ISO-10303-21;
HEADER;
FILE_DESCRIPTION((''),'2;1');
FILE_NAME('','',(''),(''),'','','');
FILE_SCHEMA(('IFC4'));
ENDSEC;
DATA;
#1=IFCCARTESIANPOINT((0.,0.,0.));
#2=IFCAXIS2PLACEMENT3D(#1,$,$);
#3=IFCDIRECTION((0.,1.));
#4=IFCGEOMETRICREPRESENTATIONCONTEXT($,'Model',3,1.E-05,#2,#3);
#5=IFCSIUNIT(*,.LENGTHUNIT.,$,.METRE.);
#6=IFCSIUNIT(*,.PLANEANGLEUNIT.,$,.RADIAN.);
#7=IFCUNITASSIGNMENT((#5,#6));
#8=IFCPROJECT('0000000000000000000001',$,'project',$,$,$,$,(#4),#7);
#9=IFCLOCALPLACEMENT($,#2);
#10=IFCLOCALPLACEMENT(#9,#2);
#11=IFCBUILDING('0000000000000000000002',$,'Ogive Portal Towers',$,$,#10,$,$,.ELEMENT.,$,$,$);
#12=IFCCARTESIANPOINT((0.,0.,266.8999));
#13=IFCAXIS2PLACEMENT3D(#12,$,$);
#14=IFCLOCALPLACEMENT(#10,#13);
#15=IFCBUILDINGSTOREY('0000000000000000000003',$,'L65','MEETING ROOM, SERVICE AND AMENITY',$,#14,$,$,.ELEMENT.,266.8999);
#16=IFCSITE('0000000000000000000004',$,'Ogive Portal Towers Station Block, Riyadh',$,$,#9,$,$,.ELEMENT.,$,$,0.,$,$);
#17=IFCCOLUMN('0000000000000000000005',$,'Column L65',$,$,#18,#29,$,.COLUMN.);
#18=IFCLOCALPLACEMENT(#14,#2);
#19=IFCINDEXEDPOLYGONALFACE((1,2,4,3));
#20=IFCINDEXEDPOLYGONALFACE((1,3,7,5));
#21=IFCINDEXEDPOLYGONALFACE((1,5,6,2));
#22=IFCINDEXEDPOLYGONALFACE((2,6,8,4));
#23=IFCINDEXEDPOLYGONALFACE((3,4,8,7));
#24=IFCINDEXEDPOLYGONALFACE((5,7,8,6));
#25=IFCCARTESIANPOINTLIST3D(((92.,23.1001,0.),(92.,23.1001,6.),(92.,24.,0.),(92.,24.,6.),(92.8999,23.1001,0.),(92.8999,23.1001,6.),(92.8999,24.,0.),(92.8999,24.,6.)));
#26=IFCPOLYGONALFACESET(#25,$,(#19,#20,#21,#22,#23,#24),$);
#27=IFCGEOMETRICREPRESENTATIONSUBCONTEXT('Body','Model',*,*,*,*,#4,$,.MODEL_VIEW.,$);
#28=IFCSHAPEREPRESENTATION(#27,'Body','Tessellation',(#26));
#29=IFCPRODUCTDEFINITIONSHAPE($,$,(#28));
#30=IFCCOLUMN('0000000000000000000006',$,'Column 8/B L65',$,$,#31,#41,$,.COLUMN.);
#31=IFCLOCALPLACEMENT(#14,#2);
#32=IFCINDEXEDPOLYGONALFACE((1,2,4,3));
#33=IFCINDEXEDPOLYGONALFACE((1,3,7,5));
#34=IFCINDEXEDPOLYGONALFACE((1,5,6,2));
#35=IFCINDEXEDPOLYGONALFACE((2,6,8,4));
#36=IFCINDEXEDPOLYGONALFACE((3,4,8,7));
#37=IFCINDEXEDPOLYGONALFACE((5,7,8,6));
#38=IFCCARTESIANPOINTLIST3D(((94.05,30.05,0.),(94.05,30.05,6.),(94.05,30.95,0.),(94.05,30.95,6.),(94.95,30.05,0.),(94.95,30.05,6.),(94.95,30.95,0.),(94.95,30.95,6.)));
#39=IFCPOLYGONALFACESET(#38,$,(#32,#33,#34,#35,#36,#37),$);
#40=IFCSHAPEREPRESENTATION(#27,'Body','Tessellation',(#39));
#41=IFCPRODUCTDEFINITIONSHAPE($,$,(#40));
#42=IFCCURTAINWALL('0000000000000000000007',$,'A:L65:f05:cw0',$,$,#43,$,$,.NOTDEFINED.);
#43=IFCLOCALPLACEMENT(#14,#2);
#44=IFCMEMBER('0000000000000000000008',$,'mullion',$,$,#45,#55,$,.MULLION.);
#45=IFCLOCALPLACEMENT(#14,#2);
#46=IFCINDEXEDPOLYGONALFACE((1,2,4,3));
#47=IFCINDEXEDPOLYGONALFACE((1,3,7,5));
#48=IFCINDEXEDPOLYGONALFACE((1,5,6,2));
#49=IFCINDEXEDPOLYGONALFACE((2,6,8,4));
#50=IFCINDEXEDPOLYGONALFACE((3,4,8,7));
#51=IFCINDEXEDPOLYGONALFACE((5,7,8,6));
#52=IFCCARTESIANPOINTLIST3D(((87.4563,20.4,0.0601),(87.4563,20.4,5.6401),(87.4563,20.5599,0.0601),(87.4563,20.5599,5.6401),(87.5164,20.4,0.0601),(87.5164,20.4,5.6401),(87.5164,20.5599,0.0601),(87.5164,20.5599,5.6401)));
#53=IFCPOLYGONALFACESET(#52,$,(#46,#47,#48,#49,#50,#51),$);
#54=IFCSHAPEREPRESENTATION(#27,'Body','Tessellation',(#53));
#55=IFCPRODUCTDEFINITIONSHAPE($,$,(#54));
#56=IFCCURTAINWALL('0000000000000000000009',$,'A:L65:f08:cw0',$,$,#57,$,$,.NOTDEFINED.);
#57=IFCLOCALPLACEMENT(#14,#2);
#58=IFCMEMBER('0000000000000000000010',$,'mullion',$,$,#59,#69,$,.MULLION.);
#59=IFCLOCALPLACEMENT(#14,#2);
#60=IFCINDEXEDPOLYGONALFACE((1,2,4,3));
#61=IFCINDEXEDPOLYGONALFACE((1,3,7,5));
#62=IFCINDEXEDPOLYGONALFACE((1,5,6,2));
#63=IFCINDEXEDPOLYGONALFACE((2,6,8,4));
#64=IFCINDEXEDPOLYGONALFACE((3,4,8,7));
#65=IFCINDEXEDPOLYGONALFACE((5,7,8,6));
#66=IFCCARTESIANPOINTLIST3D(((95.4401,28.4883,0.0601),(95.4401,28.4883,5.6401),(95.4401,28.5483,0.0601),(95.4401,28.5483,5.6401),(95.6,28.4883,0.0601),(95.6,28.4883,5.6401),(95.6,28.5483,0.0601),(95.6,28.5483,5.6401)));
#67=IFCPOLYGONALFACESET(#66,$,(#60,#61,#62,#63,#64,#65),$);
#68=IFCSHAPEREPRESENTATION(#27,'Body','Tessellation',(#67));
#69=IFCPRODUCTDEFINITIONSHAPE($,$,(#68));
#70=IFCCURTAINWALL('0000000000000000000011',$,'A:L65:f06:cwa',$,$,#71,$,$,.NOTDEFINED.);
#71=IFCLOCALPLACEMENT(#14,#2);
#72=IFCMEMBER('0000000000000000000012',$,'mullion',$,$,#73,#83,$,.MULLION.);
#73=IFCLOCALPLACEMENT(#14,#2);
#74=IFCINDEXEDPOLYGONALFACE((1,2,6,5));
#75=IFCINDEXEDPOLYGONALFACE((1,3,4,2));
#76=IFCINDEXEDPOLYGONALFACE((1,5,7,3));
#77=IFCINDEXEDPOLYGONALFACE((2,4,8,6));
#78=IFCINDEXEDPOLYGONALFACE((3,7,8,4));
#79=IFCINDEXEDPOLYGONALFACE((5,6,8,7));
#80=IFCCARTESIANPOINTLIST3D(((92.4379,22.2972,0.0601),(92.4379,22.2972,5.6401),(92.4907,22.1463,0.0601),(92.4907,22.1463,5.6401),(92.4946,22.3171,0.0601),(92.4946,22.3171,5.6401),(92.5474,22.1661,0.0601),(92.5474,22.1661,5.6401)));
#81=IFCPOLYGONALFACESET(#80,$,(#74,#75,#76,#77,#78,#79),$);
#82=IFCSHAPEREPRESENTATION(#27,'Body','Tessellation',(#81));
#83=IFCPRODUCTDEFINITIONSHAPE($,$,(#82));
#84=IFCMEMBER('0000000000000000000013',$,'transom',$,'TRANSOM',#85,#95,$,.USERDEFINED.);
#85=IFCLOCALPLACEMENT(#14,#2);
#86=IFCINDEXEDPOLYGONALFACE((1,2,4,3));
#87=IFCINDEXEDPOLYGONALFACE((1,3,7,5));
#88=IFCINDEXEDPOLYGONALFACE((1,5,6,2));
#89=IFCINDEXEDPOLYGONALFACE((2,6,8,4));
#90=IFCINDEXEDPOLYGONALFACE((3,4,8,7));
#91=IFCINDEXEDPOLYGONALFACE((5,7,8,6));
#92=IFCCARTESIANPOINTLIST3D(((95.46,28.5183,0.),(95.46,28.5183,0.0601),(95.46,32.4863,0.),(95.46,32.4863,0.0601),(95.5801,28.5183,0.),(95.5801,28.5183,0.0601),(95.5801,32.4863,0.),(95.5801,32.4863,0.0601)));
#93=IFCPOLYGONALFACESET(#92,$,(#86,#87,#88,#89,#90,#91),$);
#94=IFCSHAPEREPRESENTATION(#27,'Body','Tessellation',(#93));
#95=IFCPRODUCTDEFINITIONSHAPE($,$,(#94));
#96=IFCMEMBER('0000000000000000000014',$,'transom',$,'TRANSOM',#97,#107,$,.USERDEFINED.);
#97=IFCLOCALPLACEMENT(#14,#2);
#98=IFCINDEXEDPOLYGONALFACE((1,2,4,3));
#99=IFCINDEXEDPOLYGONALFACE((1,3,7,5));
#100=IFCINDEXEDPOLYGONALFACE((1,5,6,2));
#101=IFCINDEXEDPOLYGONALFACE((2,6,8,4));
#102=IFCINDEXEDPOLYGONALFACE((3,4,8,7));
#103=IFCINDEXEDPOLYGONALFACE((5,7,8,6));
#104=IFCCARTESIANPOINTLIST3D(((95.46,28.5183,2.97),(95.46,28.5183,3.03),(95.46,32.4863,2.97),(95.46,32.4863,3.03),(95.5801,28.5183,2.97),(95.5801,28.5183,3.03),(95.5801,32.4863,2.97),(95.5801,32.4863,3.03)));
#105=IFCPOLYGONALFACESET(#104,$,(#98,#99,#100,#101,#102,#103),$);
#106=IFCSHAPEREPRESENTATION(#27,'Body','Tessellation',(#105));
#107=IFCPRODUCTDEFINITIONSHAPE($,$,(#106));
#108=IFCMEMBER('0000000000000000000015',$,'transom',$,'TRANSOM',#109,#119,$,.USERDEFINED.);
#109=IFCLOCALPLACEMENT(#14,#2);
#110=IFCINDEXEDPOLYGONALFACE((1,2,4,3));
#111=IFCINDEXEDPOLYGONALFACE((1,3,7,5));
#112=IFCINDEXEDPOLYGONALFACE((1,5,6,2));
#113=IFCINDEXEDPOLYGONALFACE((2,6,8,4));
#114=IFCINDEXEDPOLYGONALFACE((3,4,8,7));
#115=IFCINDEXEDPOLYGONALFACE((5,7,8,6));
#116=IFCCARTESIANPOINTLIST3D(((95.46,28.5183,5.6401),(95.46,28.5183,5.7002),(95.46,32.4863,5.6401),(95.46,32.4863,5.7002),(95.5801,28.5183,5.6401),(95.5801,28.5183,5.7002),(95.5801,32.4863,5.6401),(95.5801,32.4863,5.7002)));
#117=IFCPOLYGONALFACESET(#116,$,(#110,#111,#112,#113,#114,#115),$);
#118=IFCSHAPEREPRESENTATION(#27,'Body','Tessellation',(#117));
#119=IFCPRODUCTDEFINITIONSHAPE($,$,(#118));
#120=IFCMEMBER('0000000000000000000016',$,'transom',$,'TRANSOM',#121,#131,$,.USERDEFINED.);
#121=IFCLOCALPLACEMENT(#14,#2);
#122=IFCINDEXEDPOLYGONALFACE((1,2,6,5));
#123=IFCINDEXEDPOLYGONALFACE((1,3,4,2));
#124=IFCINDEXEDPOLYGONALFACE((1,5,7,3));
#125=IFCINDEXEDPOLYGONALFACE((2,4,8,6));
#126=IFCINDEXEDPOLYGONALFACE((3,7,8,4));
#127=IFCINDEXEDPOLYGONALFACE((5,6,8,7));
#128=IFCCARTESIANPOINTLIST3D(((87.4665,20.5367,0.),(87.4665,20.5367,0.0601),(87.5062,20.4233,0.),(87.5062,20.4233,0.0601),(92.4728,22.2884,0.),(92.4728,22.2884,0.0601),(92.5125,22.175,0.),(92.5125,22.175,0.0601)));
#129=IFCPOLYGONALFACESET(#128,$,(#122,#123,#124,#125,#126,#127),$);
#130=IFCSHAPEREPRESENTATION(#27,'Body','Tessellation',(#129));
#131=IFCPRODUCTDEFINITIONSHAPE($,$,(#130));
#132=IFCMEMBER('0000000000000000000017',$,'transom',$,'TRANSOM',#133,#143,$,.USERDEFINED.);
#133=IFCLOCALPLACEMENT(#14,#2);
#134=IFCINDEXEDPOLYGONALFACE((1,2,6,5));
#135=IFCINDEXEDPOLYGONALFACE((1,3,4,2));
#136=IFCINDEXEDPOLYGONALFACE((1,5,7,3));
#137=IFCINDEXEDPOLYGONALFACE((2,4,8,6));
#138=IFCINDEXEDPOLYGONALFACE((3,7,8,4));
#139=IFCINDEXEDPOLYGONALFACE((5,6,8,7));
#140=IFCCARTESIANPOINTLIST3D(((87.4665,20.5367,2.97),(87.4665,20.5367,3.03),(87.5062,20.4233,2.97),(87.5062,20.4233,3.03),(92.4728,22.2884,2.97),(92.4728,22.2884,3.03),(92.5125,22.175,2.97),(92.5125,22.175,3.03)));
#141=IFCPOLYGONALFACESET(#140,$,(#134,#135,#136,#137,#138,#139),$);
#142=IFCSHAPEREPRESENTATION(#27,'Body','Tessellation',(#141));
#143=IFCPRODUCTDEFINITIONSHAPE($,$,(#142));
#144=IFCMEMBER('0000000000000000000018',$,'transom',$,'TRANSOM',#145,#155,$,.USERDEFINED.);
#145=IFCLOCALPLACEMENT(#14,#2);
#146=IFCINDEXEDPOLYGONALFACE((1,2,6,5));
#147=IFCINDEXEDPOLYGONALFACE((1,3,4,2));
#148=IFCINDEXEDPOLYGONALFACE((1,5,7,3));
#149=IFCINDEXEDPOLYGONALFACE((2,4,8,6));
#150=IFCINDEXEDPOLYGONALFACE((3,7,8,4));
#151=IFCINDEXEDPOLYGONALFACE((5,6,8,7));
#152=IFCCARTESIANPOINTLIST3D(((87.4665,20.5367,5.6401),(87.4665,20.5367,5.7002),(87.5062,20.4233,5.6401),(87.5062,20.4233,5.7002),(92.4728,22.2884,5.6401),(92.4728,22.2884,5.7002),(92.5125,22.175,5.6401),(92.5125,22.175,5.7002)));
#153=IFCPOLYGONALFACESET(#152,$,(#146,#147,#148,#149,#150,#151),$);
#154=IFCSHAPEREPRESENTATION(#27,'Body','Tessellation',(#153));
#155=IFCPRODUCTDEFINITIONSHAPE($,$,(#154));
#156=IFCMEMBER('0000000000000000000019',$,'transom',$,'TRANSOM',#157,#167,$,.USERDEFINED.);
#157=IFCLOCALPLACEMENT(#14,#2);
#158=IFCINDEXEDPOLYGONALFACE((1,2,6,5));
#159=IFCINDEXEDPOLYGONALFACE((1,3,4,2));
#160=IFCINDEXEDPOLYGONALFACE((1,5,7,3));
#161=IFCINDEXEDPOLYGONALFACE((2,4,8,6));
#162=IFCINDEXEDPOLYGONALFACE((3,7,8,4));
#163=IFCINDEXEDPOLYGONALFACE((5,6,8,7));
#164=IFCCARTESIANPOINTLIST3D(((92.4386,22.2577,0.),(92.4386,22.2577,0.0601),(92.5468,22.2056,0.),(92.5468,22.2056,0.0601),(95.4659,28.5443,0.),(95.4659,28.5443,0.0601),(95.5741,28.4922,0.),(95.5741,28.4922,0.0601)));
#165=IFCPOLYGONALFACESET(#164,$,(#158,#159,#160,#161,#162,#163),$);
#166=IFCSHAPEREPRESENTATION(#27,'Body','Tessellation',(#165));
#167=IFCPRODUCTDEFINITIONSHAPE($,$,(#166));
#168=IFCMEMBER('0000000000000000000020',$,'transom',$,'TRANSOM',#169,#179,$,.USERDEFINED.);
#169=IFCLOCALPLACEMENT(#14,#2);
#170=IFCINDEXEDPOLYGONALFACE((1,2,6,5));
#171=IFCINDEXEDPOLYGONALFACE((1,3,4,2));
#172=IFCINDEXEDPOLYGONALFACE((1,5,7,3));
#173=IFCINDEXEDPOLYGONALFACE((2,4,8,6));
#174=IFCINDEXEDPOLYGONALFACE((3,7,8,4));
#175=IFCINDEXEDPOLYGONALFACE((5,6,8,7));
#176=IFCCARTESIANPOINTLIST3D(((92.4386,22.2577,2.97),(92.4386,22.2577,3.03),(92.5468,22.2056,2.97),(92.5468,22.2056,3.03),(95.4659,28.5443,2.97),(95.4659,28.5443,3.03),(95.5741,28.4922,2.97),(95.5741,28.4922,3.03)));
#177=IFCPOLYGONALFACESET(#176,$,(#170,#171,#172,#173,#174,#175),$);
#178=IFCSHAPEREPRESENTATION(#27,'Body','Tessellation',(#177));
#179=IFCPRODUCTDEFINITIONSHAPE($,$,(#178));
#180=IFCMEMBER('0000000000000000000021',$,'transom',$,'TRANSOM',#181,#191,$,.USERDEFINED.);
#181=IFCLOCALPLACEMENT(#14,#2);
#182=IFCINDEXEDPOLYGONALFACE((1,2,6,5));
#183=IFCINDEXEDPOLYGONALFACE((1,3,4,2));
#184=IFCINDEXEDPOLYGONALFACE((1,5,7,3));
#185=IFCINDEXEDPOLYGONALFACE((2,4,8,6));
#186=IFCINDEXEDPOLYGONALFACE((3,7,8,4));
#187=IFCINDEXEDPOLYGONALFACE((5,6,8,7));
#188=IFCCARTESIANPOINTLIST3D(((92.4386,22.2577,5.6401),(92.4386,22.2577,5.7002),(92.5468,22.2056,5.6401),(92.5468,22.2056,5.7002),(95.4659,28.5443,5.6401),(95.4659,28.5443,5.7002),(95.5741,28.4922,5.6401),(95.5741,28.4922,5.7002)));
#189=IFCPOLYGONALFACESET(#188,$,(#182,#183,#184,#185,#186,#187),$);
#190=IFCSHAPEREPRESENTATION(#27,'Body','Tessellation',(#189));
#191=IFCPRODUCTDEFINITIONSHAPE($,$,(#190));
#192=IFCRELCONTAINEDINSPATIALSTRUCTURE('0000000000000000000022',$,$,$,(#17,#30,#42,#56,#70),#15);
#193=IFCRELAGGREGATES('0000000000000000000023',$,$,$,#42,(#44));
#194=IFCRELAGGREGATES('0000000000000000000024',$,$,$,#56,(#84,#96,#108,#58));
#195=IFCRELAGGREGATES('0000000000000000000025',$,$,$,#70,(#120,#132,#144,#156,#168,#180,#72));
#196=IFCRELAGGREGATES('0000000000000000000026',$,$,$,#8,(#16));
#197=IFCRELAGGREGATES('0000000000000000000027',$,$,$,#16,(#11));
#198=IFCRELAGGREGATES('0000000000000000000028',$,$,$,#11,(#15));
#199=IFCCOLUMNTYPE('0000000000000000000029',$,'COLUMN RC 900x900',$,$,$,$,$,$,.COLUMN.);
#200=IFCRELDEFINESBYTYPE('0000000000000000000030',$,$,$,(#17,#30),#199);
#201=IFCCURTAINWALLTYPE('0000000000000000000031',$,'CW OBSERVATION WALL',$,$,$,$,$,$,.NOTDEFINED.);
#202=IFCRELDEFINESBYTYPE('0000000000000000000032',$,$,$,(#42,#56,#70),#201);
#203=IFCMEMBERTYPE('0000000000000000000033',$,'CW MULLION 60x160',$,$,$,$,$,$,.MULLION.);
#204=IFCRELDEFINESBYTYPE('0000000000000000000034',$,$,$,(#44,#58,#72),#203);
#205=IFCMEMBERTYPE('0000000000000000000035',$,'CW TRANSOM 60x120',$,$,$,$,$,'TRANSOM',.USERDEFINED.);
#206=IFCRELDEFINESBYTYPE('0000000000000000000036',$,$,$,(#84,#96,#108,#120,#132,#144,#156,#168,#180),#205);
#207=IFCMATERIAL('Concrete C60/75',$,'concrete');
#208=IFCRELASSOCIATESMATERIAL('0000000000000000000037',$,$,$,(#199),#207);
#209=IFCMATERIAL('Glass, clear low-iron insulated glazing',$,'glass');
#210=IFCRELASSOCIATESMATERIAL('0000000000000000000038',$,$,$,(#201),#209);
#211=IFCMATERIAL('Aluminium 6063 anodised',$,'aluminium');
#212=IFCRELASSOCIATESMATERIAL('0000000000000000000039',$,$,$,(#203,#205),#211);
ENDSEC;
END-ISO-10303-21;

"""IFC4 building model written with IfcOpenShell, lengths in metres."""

from ifc_helpers import new_model, si_unit, direction, frame, origin, origin_2d, place, context, subcontext, project, spatial, rectangle, extrude, material, material_profile, profile_set, type_object, element, aggregate, save


model = new_model("IFC4")

# Units and contexts
model_context = context("Model", 3, precision=1e-05, world=origin(), true_north=direction((0.0, 1.0)))
body_context = subcontext(model_context, "Body", "Model", "MODEL_VIEW")
ifc_project = project(units=[si_unit("LENGTHUNIT", "METRE"), si_unit("PLANEANGLEUNIT", "RADIAN")], contexts=[model_context])

# Site, building, storey
site_placement = place(None, origin())
site = spatial("IfcSite", under=ifc_project, at=site_placement, Name="Ogive Portal Towers Station Block, Riyadh", CompositionType="ELEMENT", RefElevation=0.0)
building_placement = place(site_placement, origin())
building = spatial("IfcBuilding", under=site, at=building_placement, Name="Ogive Portal Towers", CompositionType="ELEMENT")
storey_placement = place(building_placement, frame((0.0, 0.0, 266.8999)))
storey = spatial("IfcBuildingStorey", under=building, at=storey_placement, Name="L65", Description="MEETING ROOM, SERVICE AND AMENITY", CompositionType="ELEMENT", Elevation=266.8999)

# Columns
ifc_material_1 = material(Name="Concrete C60/75", Category="concrete")
ifc_material_profile_1 = material_profile(ifc_material_1, rectangle(XDim=0.8999, YDim=0.8999, at=origin_2d()), Name="RC 900x900")
ifc_profile_set_1 = profile_set([ifc_material_profile_1], Name="Concrete C60/75")
column_type = type_object("IfcColumnType", Name="COLUMN RC 900x900", PredefinedType="COLUMN", material=ifc_profile_set_1)
for number, where, z_axis, x_axis, name in (
    (1, (92.45, 23.55, 0.0), (0.0, 0.0, 1.0), (1.0, 0.0, 0.0), "Column L65"),
    (2, (94.5, 30.5, 0.0), (0.0, 0.0, 1.0), (1.0, 0.0, 0.0), "Column 8/B L65"),
):
    element("IfcColumn", number, at=place(storey_placement, frame(where, z_axis=z_axis, x_axis=x_axis)), inside=storey, type_object=column_type, Name=name, PredefinedType="COLUMN", context=body_context, shape_type="SweptSolid", body=[
        extrude(rectangle(XDim=0.8999, YDim=0.8999, at=origin_2d()), origin(), (0.0, 0.0, 1.0), 6.0),
    ])

# Curtain walls, members
ifc_material_2 = material(Name="Glass, clear low-iron insulated glazing", Category="glass")
curtain_wall_type = type_object("IfcCurtainWallType", Name="CW OBSERVATION WALL", PredefinedType="NOTDEFINED", material=ifc_material_2)
curtain_wall_1_placement = place(storey_placement, origin())
curtain_wall_1 = element("IfcCurtainWall", 3, at=curtain_wall_1_placement, inside=storey, type_object=curtain_wall_type, Name="A:L65:f05:cw0", PredefinedType="NOTDEFINED")
ifc_material_3 = material(Name="Aluminium 6063 anodised", Category="aluminium")
ifc_material_profile_2 = material_profile(ifc_material_3, rectangle(XDim=0.1599, YDim=0.0601, at=origin_2d()), Name="AL 60x160")
ifc_profile_set_2 = profile_set([ifc_material_profile_2], Name="Aluminium 6063 anodised")
member_type_1 = type_object("IfcMemberType", Name="CW MULLION 60x160", PredefinedType="MULLION", material=ifc_profile_set_2)
member_1_placement = place(storey_placement, frame((87.4863, 20.48, 0.0601), z_axis=(0.0, 0.0, 1.0), x_axis=(0.0, 1.0, 0.0)))
member_1 = element("IfcMember", 4, at=member_1_placement, type_object=member_type_1, Name="mullion", PredefinedType="MULLION", context=body_context, shape_type="SweptSolid", body=[
    extrude(rectangle(XDim=0.1599, YDim=0.0601, at=origin_2d()), origin(), (0.0, 0.0, 1.0), 5.5801),
])
aggregate(curtain_wall_1, [member_1])
curtain_wall_2_placement = place(storey_placement, origin())
curtain_wall_2 = element("IfcCurtainWall", 5, at=curtain_wall_2_placement, inside=storey, type_object=curtain_wall_type, Name="A:L65:f08:cw0", PredefinedType="NOTDEFINED")
member_2_placement = place(storey_placement, frame((95.52, 28.5183, 0.0601), z_axis=(0.0, 0.0, 1.0), x_axis=(-1.0, 0.0, 0.0)))
member_2 = element("IfcMember", 6, at=member_2_placement, type_object=member_type_1, Name="mullion", PredefinedType="MULLION", context=body_context, shape_type="SweptSolid", body=[
    extrude(rectangle(XDim=0.1599, YDim=0.0601, at=origin_2d()), origin(), (0.0, 0.0, 1.0), 5.5801),
])
curtain_wall_3_placement = place(storey_placement, origin())
curtain_wall_3 = element("IfcCurtainWall", 7, at=curtain_wall_3_placement, inside=storey, type_object=curtain_wall_type, Name="A:L65:f06:cwa", PredefinedType="NOTDEFINED")
member_3_placement = place(storey_placement, frame((92.4927, 22.2317, 0.0601), z_axis=(0.0, 0.0, 1.0), x_axis=(-0.330279, 0.943883, 0.0)))
member_3 = element("IfcMember", 8, at=member_3_placement, type_object=member_type_1, Name="mullion", PredefinedType="MULLION", context=body_context, shape_type="SweptSolid", body=[
    extrude(rectangle(XDim=0.1599, YDim=0.0601, at=origin_2d()), origin(), (0.0, 0.0, 1.0), 5.5801),
])

# Members
ifc_material_profile_3 = material_profile(ifc_material_3, rectangle(XDim=0.1201, YDim=0.0601, at=origin_2d()), Name="AL 120x60")
ifc_profile_set_3 = profile_set([ifc_material_profile_3], Name="Aluminium 6063 anodised")
member_type_2 = type_object("IfcMemberType", Name="CW TRANSOM 60x120", ElementType="TRANSOM", PredefinedType="USERDEFINED", material=ifc_profile_set_3)
member_4_placement = place(storey_placement, frame((95.52, 28.5183, 0.03), z_axis=(0.0, 1.0, 0.0), x_axis=(-1.0, 0.0, 0.0)))
member_4 = element("IfcMember", 9, at=member_4_placement, type_object=member_type_2, Name="transom", ObjectType="TRANSOM", PredefinedType="USERDEFINED", context=body_context, shape_type="SweptSolid", body=[
    extrude(rectangle(XDim=0.1201, YDim=0.0601, at=origin_2d()), origin(), (0.0, 0.0, 1.0), 3.968),
])
member_5_placement = place(storey_placement, frame((95.52, 28.5183, 3.0), z_axis=(0.0, 1.0, 0.0), x_axis=(-1.0, 0.0, 0.0)))
member_5 = element("IfcMember", 10, at=member_5_placement, type_object=member_type_2, Name="transom", ObjectType="TRANSOM", PredefinedType="USERDEFINED", context=body_context, shape_type="SweptSolid", body=[
    extrude(rectangle(XDim=0.1201, YDim=0.0601, at=origin_2d()), origin(), (0.0, 0.0, 1.0), 3.968),
])
member_6_placement = place(storey_placement, frame((95.52, 28.5183, 5.6702), z_axis=(0.0, 1.0, 0.0), x_axis=(-1.0, 0.0, 0.0)))
member_6 = element("IfcMember", 11, at=member_6_placement, type_object=member_type_2, Name="transom", ObjectType="TRANSOM", PredefinedType="USERDEFINED", context=body_context, shape_type="SweptSolid", body=[
    extrude(rectangle(XDim=0.1201, YDim=0.0601, at=origin_2d()), origin(), (0.0, 0.0, 1.0), 3.968),
])
member_7_placement = place(storey_placement, frame((87.4863, 20.48, 0.03), z_axis=(0.943888, 0.330264, 0.0), x_axis=(-0.330264, 0.943888, 0.0)))
member_7 = element("IfcMember", 12, at=member_7_placement, type_object=member_type_2, Name="transom", ObjectType="TRANSOM", PredefinedType="USERDEFINED", context=body_context, shape_type="SweptSolid", body=[
    extrude(rectangle(XDim=0.1201, YDim=0.0601, at=origin_2d()), origin(), (0.0, 0.0, 1.0), 5.304),
])
member_8_placement = place(storey_placement, frame((87.4863, 20.48, 3.0), z_axis=(0.943888, 0.330264, 0.0), x_axis=(-0.330264, 0.943888, 0.0)))
member_8 = element("IfcMember", 13, at=member_8_placement, type_object=member_type_2, Name="transom", ObjectType="TRANSOM", PredefinedType="USERDEFINED", context=body_context, shape_type="SweptSolid", body=[
    extrude(rectangle(XDim=0.1201, YDim=0.0601, at=origin_2d()), origin(), (0.0, 0.0, 1.0), 5.304),
])
member_9_placement = place(storey_placement, frame((87.4863, 20.48, 5.6702), z_axis=(0.943888, 0.330264, 0.0), x_axis=(-0.330264, 0.943888, 0.0)))
member_9 = element("IfcMember", 14, at=member_9_placement, type_object=member_type_2, Name="transom", ObjectType="TRANSOM", PredefinedType="USERDEFINED", context=body_context, shape_type="SweptSolid", body=[
    extrude(rectangle(XDim=0.1201, YDim=0.0601, at=origin_2d()), origin(), (0.0, 0.0, 1.0), 5.304),
])
member_10_placement = place(storey_placement, frame((92.4927, 22.2317, 0.03), z_axis=(0.433868, 0.900976, 0.0), x_axis=(-0.900976, 0.433868, 0.0)))
member_10 = element("IfcMember", 15, at=member_10_placement, type_object=member_type_2, Name="transom", ObjectType="TRANSOM", PredefinedType="USERDEFINED", context=body_context, shape_type="SweptSolid", body=[
    extrude(rectangle(XDim=0.1201, YDim=0.0601, at=origin_2d()), origin(), (0.0, 0.0, 1.0), 6.9775),
])
member_11_placement = place(storey_placement, frame((92.4927, 22.2317, 3.0), z_axis=(0.433868, 0.900976, 0.0), x_axis=(-0.900976, 0.433868, 0.0)))
member_11 = element("IfcMember", 16, at=member_11_placement, type_object=member_type_2, Name="transom", ObjectType="TRANSOM", PredefinedType="USERDEFINED", context=body_context, shape_type="SweptSolid", body=[
    extrude(rectangle(XDim=0.1201, YDim=0.0601, at=origin_2d()), origin(), (0.0, 0.0, 1.0), 6.9775),
])
member_12_placement = place(storey_placement, frame((92.4927, 22.2317, 5.6702), z_axis=(0.433868, 0.900976, 0.0), x_axis=(-0.900976, 0.433868, 0.0)))
member_12 = element("IfcMember", 17, at=member_12_placement, type_object=member_type_2, Name="transom", ObjectType="TRANSOM", PredefinedType="USERDEFINED", context=body_context, shape_type="SweptSolid", body=[
    extrude(rectangle(XDim=0.1201, YDim=0.0601, at=origin_2d()), origin(), (0.0, 0.0, 1.0), 6.9775),
])

aggregate(curtain_wall_2, [member_4, member_5, member_6, member_2])
aggregate(curtain_wall_3, [member_7, member_8, member_9, member_10, member_11, member_12, member_3])

save(model, "model.ifc")
